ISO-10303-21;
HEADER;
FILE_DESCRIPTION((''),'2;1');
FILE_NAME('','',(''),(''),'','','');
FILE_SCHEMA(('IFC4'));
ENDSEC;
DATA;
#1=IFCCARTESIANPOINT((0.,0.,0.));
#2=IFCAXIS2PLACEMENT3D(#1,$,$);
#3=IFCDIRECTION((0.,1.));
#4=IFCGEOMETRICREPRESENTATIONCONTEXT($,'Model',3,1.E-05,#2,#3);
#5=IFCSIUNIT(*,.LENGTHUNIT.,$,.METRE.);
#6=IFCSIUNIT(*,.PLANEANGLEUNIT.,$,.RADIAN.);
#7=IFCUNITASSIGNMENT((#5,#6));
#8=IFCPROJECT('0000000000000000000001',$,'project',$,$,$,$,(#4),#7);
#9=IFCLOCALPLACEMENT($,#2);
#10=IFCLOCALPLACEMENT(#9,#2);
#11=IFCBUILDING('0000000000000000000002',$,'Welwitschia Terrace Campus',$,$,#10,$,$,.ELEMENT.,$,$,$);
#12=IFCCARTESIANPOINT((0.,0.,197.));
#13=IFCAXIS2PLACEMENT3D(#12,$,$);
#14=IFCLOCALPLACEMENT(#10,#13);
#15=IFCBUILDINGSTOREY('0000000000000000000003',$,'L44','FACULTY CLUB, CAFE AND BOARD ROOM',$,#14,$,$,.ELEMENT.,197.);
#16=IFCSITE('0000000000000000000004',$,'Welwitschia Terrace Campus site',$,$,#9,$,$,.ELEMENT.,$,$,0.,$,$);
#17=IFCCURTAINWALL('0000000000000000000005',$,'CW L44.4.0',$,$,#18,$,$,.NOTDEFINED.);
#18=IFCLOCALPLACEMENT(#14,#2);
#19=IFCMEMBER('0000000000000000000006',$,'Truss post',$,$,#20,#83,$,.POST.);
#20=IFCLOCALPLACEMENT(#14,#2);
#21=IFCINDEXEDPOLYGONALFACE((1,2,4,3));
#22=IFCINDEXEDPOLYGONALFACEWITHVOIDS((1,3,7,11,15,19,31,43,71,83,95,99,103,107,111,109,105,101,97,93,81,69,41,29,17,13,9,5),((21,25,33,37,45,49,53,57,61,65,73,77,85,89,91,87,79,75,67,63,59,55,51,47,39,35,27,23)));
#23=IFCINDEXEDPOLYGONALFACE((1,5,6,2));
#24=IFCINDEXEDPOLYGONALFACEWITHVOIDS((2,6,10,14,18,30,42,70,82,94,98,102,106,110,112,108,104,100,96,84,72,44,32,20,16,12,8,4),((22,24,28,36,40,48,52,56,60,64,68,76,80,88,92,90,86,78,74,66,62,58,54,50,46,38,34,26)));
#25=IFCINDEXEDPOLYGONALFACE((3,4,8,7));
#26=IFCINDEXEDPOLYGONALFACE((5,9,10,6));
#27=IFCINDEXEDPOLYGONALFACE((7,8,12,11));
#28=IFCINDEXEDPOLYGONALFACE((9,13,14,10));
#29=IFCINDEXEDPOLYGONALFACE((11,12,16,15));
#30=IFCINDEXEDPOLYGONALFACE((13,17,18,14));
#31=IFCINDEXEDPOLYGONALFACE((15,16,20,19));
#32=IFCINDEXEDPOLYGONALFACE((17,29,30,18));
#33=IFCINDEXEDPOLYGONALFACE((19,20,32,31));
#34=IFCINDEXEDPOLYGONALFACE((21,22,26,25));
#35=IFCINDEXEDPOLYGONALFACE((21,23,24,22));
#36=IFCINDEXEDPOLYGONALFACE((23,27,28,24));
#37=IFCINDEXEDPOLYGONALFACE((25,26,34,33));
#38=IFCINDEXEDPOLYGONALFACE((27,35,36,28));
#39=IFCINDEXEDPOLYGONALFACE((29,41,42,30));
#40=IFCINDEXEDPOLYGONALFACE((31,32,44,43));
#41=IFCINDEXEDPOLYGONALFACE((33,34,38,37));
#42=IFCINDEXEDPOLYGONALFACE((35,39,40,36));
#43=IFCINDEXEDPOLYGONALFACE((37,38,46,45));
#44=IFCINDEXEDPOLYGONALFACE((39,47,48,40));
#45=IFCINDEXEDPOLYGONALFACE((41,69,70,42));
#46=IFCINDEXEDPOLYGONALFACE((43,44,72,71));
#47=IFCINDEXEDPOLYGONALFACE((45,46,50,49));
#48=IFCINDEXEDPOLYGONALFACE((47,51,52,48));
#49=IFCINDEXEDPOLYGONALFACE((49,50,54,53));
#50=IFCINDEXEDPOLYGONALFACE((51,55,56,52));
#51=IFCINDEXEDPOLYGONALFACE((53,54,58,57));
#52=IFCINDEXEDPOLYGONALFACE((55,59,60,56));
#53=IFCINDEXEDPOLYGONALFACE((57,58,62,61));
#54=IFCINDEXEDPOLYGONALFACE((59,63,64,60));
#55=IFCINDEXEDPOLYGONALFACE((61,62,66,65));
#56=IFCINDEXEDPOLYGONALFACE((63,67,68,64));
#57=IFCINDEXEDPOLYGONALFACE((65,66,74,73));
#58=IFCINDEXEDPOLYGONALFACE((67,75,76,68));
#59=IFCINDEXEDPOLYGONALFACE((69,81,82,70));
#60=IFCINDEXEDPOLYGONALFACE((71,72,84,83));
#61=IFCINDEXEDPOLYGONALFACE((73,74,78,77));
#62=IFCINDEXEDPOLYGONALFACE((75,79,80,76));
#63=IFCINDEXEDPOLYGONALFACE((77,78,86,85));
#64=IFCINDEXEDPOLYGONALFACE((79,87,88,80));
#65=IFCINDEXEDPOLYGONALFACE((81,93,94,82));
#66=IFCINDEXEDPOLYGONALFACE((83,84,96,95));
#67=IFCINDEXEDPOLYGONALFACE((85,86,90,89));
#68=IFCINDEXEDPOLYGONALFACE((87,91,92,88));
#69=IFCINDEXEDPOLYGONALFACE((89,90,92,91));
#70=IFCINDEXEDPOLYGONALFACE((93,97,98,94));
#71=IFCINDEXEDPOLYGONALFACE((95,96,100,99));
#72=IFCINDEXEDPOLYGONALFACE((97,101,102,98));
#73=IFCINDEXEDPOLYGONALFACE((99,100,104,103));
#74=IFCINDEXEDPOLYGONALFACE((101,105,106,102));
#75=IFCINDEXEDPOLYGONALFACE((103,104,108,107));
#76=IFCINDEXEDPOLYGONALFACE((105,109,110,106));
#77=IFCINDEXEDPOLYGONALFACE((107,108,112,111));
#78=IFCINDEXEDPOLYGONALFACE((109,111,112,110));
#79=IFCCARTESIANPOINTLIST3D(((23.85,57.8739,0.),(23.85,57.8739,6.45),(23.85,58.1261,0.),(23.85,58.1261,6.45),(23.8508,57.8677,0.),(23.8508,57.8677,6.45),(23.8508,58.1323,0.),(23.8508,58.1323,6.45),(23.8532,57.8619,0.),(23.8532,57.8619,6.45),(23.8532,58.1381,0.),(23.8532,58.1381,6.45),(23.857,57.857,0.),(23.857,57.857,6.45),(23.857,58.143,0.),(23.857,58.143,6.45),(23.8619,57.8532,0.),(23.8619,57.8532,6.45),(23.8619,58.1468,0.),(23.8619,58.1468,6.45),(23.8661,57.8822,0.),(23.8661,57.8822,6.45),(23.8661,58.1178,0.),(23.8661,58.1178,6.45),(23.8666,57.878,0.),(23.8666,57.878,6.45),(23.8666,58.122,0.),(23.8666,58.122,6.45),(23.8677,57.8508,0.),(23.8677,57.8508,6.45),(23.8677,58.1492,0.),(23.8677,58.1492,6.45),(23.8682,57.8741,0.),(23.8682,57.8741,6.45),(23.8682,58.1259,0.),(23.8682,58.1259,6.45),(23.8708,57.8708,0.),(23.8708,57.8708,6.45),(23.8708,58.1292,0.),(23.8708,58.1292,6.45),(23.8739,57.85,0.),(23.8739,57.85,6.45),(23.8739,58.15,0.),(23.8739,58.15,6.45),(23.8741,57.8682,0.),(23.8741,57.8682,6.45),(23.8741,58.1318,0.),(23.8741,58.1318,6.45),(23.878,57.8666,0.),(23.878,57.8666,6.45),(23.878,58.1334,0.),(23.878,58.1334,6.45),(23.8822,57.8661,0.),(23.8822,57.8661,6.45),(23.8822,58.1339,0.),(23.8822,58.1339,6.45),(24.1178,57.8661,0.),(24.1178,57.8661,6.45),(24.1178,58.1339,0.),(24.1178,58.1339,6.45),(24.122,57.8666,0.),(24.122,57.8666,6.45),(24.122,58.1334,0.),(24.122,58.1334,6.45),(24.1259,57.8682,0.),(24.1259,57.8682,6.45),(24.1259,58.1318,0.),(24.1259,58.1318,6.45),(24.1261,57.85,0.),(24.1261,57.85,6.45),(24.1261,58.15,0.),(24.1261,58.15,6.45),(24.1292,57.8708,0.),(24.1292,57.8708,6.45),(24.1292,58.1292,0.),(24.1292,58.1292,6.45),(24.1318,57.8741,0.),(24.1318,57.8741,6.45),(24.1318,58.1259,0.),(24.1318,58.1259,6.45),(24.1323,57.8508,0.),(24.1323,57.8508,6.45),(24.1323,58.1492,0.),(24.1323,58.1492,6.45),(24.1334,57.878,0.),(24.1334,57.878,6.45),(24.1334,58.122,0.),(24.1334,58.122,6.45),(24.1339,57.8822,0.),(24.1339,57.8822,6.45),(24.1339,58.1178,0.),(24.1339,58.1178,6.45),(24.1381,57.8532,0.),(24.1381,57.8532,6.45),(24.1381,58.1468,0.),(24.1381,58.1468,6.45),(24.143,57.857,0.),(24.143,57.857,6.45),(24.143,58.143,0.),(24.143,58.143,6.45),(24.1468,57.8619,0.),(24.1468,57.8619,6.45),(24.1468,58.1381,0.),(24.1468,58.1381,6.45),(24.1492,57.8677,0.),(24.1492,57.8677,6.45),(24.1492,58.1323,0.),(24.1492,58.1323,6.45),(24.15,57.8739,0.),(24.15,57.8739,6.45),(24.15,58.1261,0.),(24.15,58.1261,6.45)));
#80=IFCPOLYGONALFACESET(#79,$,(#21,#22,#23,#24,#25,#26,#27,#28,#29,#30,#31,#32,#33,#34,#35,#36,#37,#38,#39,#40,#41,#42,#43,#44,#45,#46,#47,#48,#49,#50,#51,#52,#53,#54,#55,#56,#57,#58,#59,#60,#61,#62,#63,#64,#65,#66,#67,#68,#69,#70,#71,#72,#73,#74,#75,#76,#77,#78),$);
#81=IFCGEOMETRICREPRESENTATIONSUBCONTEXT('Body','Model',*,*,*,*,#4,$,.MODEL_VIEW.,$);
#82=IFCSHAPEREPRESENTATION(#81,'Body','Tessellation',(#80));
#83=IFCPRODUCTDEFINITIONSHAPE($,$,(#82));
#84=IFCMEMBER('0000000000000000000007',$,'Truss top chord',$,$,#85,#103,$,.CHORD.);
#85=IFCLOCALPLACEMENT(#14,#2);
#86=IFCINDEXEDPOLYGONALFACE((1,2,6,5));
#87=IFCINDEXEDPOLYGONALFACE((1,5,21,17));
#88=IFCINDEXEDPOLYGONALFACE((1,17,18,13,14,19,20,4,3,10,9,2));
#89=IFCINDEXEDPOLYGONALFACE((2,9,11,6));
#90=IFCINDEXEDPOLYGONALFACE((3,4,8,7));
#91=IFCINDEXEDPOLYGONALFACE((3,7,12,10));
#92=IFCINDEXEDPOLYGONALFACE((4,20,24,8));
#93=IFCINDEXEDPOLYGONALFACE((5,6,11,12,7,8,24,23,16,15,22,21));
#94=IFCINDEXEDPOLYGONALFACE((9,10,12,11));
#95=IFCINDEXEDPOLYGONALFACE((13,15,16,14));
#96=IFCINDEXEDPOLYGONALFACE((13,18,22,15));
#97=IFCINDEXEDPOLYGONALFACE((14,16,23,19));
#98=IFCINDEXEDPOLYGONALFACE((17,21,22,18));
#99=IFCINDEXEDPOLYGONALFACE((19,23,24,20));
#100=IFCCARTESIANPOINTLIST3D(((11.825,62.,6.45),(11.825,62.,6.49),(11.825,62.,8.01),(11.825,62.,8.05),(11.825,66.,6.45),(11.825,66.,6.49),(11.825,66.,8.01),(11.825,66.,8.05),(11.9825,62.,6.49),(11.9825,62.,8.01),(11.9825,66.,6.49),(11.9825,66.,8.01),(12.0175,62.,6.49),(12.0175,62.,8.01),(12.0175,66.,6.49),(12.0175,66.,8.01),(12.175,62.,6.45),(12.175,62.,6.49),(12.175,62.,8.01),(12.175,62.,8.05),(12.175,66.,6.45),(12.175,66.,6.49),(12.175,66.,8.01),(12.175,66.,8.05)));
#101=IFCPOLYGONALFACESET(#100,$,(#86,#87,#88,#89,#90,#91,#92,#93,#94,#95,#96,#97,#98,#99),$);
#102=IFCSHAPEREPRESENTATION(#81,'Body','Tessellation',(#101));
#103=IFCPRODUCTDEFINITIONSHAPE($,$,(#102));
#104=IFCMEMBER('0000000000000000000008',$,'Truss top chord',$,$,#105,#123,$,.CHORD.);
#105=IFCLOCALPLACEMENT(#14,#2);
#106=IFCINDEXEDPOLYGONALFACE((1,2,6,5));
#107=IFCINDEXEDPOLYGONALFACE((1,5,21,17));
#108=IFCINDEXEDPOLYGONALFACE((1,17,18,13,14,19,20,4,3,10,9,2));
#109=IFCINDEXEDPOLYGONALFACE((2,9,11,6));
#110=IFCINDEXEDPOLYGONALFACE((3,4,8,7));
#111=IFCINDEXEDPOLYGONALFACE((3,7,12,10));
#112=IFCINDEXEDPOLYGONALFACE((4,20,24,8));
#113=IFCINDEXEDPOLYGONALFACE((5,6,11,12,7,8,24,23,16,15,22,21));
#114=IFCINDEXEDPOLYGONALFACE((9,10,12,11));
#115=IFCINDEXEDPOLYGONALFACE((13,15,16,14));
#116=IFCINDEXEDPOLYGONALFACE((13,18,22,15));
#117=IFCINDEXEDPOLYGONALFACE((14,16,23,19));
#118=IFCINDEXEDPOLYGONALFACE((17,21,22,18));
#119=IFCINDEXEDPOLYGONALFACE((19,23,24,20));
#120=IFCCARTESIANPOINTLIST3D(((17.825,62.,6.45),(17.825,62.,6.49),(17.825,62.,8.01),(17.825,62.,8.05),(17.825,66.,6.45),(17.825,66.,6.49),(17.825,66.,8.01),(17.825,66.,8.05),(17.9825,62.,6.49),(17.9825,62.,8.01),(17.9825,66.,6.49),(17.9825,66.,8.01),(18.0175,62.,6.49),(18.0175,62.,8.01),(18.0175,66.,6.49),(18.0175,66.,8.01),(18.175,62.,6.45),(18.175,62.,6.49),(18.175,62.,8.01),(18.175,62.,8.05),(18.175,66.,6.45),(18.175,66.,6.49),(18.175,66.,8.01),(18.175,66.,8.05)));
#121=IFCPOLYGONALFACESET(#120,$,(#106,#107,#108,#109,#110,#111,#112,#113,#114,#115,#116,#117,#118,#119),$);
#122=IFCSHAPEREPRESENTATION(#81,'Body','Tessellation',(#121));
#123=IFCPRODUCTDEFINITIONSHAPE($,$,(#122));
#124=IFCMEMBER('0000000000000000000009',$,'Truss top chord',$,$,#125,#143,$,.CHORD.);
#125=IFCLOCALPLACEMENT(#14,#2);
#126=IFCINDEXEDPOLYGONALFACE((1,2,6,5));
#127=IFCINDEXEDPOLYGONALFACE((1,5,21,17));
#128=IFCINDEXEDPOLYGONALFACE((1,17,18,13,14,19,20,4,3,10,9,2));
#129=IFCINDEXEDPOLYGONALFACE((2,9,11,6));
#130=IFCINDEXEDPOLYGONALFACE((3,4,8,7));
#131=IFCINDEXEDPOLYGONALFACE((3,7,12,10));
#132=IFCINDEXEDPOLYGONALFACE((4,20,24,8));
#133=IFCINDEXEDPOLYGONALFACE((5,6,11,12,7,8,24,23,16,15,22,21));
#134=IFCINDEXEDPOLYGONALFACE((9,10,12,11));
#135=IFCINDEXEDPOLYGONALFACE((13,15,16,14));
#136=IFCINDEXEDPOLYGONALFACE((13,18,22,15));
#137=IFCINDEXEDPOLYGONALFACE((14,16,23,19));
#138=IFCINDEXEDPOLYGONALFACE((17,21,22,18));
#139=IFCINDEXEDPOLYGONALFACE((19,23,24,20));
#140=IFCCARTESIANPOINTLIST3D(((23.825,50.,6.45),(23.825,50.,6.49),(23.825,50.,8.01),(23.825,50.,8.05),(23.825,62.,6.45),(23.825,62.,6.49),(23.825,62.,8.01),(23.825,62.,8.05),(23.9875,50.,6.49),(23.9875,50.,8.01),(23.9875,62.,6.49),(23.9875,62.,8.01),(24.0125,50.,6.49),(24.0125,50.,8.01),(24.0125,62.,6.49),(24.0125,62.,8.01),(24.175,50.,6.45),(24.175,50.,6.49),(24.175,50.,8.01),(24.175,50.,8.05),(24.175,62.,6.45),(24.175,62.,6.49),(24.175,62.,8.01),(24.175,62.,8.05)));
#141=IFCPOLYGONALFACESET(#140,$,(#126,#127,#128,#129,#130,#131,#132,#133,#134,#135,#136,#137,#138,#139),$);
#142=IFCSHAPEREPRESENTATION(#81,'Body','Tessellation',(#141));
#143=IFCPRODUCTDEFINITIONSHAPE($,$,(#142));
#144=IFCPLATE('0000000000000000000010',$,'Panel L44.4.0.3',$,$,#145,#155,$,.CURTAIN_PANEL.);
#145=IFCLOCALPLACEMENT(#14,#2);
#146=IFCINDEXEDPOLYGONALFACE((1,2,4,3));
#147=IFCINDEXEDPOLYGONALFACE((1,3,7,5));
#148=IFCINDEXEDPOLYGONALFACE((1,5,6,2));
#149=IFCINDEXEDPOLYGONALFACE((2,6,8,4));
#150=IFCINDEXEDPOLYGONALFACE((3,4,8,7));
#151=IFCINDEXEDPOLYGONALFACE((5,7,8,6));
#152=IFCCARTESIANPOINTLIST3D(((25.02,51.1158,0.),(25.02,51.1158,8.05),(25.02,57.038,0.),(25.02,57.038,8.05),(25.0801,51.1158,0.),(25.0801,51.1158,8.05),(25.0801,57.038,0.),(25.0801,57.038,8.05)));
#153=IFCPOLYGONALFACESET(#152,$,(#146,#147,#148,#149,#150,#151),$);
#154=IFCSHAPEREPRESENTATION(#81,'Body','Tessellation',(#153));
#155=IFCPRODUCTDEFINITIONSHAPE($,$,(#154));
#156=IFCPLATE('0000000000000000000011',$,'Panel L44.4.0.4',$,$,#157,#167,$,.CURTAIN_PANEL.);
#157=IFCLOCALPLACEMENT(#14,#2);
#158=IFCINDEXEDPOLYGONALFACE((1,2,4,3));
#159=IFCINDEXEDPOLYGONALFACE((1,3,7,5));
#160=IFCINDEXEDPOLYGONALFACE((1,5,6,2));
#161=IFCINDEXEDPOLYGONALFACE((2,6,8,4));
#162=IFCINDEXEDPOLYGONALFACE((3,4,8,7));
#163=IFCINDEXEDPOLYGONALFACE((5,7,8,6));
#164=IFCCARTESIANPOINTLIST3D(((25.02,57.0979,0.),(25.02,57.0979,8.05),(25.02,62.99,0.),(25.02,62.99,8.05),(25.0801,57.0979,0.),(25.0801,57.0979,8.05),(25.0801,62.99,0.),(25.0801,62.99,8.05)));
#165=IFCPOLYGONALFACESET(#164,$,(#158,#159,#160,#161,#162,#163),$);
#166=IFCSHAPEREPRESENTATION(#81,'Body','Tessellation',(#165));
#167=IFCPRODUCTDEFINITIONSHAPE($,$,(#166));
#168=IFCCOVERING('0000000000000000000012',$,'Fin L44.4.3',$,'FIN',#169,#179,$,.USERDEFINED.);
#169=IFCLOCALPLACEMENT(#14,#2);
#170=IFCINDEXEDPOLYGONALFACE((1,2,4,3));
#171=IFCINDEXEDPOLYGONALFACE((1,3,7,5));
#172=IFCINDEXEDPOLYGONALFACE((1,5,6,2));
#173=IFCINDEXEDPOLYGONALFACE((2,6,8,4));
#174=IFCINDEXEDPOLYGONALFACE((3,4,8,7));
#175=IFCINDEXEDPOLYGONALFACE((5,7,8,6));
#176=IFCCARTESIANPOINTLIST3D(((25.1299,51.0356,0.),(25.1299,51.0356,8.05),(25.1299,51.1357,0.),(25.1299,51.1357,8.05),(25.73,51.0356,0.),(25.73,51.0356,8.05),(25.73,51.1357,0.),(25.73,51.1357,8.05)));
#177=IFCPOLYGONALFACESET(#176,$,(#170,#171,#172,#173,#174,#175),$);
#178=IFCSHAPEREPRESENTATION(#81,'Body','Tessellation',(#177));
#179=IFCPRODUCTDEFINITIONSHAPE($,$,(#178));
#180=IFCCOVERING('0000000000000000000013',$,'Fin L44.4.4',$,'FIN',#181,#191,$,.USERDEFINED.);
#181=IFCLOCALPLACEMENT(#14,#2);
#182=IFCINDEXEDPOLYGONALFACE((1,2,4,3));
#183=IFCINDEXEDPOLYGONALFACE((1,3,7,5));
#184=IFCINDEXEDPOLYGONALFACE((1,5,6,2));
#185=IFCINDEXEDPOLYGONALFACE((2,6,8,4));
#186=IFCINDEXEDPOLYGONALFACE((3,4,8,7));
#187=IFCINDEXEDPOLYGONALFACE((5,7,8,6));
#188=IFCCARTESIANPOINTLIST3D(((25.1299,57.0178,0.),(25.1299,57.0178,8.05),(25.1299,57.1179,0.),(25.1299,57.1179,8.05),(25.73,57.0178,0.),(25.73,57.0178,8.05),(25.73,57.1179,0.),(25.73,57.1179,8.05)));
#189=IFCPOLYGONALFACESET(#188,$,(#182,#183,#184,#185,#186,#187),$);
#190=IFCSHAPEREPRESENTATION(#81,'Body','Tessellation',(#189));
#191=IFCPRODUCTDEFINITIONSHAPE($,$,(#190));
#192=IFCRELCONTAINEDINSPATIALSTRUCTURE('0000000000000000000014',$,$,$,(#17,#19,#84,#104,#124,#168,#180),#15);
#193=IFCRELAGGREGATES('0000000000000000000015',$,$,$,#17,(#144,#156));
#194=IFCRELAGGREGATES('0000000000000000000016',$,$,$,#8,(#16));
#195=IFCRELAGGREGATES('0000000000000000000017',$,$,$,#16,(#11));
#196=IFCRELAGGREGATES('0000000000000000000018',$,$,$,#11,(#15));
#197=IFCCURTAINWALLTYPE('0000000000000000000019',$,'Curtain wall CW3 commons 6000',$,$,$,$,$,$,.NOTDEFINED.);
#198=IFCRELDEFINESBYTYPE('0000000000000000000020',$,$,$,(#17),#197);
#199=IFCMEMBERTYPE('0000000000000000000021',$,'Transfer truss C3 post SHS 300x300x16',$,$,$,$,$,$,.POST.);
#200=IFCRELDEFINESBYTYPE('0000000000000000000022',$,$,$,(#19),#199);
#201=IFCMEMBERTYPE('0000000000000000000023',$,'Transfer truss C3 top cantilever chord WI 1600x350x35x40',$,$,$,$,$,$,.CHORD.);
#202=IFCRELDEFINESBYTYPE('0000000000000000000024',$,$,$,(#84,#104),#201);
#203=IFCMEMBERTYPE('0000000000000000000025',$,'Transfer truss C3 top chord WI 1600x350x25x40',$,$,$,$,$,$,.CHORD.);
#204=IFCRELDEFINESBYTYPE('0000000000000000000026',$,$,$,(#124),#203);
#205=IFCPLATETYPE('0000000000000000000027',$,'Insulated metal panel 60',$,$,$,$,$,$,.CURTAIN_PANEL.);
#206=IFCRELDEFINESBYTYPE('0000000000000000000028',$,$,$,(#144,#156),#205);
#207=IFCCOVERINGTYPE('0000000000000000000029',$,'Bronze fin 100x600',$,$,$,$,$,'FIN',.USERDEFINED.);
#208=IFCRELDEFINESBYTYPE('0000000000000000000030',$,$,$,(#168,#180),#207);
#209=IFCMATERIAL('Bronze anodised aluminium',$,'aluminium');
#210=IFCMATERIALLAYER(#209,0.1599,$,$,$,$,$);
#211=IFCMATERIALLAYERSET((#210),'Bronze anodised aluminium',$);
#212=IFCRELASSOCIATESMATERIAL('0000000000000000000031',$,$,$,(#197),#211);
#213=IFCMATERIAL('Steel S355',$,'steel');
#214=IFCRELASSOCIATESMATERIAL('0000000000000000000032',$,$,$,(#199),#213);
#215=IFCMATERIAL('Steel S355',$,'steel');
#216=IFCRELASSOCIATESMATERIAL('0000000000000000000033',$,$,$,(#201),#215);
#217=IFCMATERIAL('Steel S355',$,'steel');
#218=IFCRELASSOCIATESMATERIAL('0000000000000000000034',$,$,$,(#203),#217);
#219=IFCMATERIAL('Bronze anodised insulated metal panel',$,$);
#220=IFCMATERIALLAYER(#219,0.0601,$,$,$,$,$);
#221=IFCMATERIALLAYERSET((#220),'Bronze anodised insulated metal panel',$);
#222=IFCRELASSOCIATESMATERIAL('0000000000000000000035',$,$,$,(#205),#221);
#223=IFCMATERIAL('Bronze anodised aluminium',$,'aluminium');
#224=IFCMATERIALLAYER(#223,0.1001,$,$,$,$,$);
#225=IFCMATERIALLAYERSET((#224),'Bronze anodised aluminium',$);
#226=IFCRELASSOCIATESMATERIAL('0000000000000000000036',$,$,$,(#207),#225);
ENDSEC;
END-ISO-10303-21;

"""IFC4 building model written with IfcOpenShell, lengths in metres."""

from ifc_helpers import new_model, si_unit, direction, frame, origin, origin_2d, place, context, subcontext, project, spatial, rectangle, hollow_rectangle, i_section, extrude, material, layer, layer_set, material_profile, profile_set, type_object, element, aggregate, save


model = new_model("IFC4")

# Units and contexts
model_context = context("Model", 3, precision=1e-05, world=origin(), true_north=direction((0.0, 1.0)))
body_context = subcontext(model_context, "Body", "Model", "MODEL_VIEW")
ifc_project = project(units=[si_unit("LENGTHUNIT", "METRE"), si_unit("PLANEANGLEUNIT", "RADIAN")], contexts=[model_context])

# Site, building, storey
site_placement = place(None, origin())
site = spatial("IfcSite", under=ifc_project, at=site_placement, Name="Welwitschia Terrace Campus site", CompositionType="ELEMENT", RefElevation=0.0)
building_placement = place(site_placement, origin())
building = spatial("IfcBuilding", under=site, at=building_placement, Name="Welwitschia Terrace Campus", CompositionType="ELEMENT")
storey_placement = place(building_placement, frame((0.0, 0.0, 197.0)))
storey = spatial("IfcBuildingStorey", under=building, at=storey_placement, Name="L44", Description="FACULTY CLUB, CAFE AND BOARD ROOM", CompositionType="ELEMENT", Elevation=197.0)

# Curtain wall
ifc_material_1 = material(Name="Bronze anodised aluminium", Category="aluminium")
ifc_layer_1 = layer(ifc_material_1, 0.1599)
ifc_layer_set_1 = layer_set([ifc_layer_1], Name="Bronze anodised aluminium")
curtain_wall_type = type_object("IfcCurtainWallType", Name="Curtain wall CW3 commons 6000", PredefinedType="NOTDEFINED", material=ifc_layer_set_1)
curtain_wall_placement = place(storey_placement, origin())
curtain_wall = element("IfcCurtainWall", 1, at=curtain_wall_placement, inside=storey, type_object=curtain_wall_type, Name="CW L44.4.0", PredefinedType="NOTDEFINED")

# Members
ifc_material_2 = material(Name="Steel S355", Category="steel")
ifc_material_profile_1 = material_profile(ifc_material_2, hollow_rectangle(XDim=0.3, YDim=0.3, WallThickness=0.0161, InnerFilletRadius=0.0161, OuterFilletRadius=0.0239, at=origin_2d()))
ifc_profile_set_1 = profile_set([ifc_material_profile_1], Name="Steel S355")
member_type_1 = type_object("IfcMemberType", Name="Transfer truss C3 post SHS 300x300x16", PredefinedType="POST", material=ifc_profile_set_1)
for number, where, z_axis, x_axis, name in (
    (2, (24.0, 58.0, 0.0), (0.0, 0.0, 1.0), (1.0, 0.0, 0.0), "Truss post"),
):
    element("IfcMember", number, at=place(storey_placement, frame(where, z_axis=z_axis, x_axis=x_axis)), inside=storey, type_object=member_type_1, Name=name, PredefinedType="POST", context=body_context, shape_type="SweptSolid", body=[
        extrude(hollow_rectangle(XDim=0.3, YDim=0.3, WallThickness=0.0161, InnerFilletRadius=0.0161, OuterFilletRadius=0.0239, at=origin_2d()), origin(), (0.0, 0.0, 1.0), 6.45),
    ])
ifc_material_3 = material(Name="Steel S355", Category="steel")
ifc_material_profile_2 = material_profile(ifc_material_3, i_section(OverallWidth=0.3501, OverallDepth=1.6001, WebThickness=0.0349, FlangeThickness=0.04, at=origin_2d()))
ifc_profile_set_2 = profile_set([ifc_material_profile_2], Name="Steel S355")
member_type_2 = type_object("IfcMemberType", Name="Transfer truss C3 top cantilever chord WI 1600x350x35x40", PredefinedType="CHORD", material=ifc_profile_set_2)
for number, where, z_axis, x_axis, name in (
    (3, (12.0, 62.0, 7.25), (0.0, 1.0, 0.0), (-1.0, 0.0, 0.0), "Truss top chord"),
    (4, (18.0, 62.0, 7.25), (0.0, 1.0, 0.0), (-1.0, 0.0, 0.0), "Truss top chord"),
):
    element("IfcMember", number, at=place(storey_placement, frame(where, z_axis=z_axis, x_axis=x_axis)), inside=storey, type_object=member_type_2, Name=name, PredefinedType="CHORD", context=body_context, shape_type="SweptSolid", body=[
        extrude(i_section(OverallWidth=0.3501, OverallDepth=1.6001, WebThickness=0.0349, FlangeThickness=0.04, at=origin_2d()), origin(), (0.0, 0.0, 1.0), 4.0),
    ])
ifc_material_4 = material(Name="Steel S355", Category="steel")
ifc_material_profile_3 = material_profile(ifc_material_4, i_section(OverallWidth=0.3501, OverallDepth=1.6001, WebThickness=0.0249, FlangeThickness=0.04, at=origin_2d()))
ifc_profile_set_3 = profile_set([ifc_material_profile_3], Name="Steel S355")
member_type_3 = type_object("IfcMemberType", Name="Transfer truss C3 top chord WI 1600x350x25x40", PredefinedType="CHORD", material=ifc_profile_set_3)
member_1_placement = place(storey_placement, frame((24.0, 50.0, 7.25), z_axis=(0.0, 1.0, 0.0), x_axis=(-1.0, 0.0, 0.0)))
element("IfcMember", 5, at=member_1_placement, inside=storey, type_object=member_type_3, Name="Truss top chord", PredefinedType="CHORD", context=body_context, shape_type="SweptSolid", body=[
    extrude(i_section(OverallWidth=0.3501, OverallDepth=1.6001, WebThickness=0.0249, FlangeThickness=0.04, at=origin_2d()), origin(), (0.0, 0.0, 1.0), 12.0),
])

# Plates
ifc_material_5 = material(Name="Bronze anodised insulated metal panel")
ifc_layer_2 = layer(ifc_material_5, 0.0601)
ifc_layer_set_2 = layer_set([ifc_layer_2], Name="Bronze anodised insulated metal panel")
plate_type = type_object("IfcPlateType", Name="Insulated metal panel 60", PredefinedType="CURTAIN_PANEL", material=ifc_layer_set_2)
plate_1_placement = place(storey_placement, frame((25.05, 54.0769, 0.0), z_axis=(0.0, 0.0, 1.0), x_axis=(0.0, 1.0, 0.0)))
plate_1 = element("IfcPlate", 6, at=plate_1_placement, type_object=plate_type, Name="Panel L44.4.0.3", PredefinedType="CURTAIN_PANEL", context=body_context, shape_type="SweptSolid", body=[
    extrude(rectangle(XDim=5.9221, YDim=0.0601, at=origin_2d()), origin(), (0.0, 0.0, 1.0), 8.05),
])
plate_2_placement = place(storey_placement, frame((25.05, 60.0439, 0.0), z_axis=(0.0, 0.0, 1.0), x_axis=(0.0, 1.0, 0.0)))
plate_2 = element("IfcPlate", 7, at=plate_2_placement, type_object=plate_type, Name="Panel L44.4.0.4", PredefinedType="CURTAIN_PANEL", context=body_context, shape_type="SweptSolid", body=[
    extrude(rectangle(XDim=5.8921, YDim=0.0601, at=origin_2d()), origin(), (0.0, 0.0, 1.0), 8.05),
])
aggregate(curtain_wall, [plate_1, plate_2])

# Coverings
ifc_material_6 = material(Name="Bronze anodised aluminium", Category="aluminium")
ifc_layer_3 = layer(ifc_material_6, 0.1001)
ifc_layer_set_3 = layer_set([ifc_layer_3], Name="Bronze anodised aluminium")
covering_type = type_object("IfcCoveringType", Name="Bronze fin 100x600", ElementType="FIN", PredefinedType="USERDEFINED", material=ifc_layer_set_3)
for number, where, z_axis, x_axis, name in (
    (8, (25.4299, 51.0857, 0.0), (0.0, 0.0, 1.0), (0.0, 1.0, 0.0), "Fin L44.4.3"),
    (9, (25.4299, 57.0679, 0.0), (0.0, 0.0, 1.0), (0.0, 1.0, 0.0), "Fin L44.4.4"),
):
    element("IfcCovering", number, at=place(storey_placement, frame(where, z_axis=z_axis, x_axis=x_axis)), inside=storey, type_object=covering_type, Name=name, ObjectType="FIN", PredefinedType="USERDEFINED", context=body_context, shape_type="SweptSolid", body=[
        extrude(rectangle(XDim=0.1001, YDim=0.6001, at=origin_2d()), origin(), (0.0, 0.0, 1.0), 8.05),
    ])

save(model, "model.ifc")
